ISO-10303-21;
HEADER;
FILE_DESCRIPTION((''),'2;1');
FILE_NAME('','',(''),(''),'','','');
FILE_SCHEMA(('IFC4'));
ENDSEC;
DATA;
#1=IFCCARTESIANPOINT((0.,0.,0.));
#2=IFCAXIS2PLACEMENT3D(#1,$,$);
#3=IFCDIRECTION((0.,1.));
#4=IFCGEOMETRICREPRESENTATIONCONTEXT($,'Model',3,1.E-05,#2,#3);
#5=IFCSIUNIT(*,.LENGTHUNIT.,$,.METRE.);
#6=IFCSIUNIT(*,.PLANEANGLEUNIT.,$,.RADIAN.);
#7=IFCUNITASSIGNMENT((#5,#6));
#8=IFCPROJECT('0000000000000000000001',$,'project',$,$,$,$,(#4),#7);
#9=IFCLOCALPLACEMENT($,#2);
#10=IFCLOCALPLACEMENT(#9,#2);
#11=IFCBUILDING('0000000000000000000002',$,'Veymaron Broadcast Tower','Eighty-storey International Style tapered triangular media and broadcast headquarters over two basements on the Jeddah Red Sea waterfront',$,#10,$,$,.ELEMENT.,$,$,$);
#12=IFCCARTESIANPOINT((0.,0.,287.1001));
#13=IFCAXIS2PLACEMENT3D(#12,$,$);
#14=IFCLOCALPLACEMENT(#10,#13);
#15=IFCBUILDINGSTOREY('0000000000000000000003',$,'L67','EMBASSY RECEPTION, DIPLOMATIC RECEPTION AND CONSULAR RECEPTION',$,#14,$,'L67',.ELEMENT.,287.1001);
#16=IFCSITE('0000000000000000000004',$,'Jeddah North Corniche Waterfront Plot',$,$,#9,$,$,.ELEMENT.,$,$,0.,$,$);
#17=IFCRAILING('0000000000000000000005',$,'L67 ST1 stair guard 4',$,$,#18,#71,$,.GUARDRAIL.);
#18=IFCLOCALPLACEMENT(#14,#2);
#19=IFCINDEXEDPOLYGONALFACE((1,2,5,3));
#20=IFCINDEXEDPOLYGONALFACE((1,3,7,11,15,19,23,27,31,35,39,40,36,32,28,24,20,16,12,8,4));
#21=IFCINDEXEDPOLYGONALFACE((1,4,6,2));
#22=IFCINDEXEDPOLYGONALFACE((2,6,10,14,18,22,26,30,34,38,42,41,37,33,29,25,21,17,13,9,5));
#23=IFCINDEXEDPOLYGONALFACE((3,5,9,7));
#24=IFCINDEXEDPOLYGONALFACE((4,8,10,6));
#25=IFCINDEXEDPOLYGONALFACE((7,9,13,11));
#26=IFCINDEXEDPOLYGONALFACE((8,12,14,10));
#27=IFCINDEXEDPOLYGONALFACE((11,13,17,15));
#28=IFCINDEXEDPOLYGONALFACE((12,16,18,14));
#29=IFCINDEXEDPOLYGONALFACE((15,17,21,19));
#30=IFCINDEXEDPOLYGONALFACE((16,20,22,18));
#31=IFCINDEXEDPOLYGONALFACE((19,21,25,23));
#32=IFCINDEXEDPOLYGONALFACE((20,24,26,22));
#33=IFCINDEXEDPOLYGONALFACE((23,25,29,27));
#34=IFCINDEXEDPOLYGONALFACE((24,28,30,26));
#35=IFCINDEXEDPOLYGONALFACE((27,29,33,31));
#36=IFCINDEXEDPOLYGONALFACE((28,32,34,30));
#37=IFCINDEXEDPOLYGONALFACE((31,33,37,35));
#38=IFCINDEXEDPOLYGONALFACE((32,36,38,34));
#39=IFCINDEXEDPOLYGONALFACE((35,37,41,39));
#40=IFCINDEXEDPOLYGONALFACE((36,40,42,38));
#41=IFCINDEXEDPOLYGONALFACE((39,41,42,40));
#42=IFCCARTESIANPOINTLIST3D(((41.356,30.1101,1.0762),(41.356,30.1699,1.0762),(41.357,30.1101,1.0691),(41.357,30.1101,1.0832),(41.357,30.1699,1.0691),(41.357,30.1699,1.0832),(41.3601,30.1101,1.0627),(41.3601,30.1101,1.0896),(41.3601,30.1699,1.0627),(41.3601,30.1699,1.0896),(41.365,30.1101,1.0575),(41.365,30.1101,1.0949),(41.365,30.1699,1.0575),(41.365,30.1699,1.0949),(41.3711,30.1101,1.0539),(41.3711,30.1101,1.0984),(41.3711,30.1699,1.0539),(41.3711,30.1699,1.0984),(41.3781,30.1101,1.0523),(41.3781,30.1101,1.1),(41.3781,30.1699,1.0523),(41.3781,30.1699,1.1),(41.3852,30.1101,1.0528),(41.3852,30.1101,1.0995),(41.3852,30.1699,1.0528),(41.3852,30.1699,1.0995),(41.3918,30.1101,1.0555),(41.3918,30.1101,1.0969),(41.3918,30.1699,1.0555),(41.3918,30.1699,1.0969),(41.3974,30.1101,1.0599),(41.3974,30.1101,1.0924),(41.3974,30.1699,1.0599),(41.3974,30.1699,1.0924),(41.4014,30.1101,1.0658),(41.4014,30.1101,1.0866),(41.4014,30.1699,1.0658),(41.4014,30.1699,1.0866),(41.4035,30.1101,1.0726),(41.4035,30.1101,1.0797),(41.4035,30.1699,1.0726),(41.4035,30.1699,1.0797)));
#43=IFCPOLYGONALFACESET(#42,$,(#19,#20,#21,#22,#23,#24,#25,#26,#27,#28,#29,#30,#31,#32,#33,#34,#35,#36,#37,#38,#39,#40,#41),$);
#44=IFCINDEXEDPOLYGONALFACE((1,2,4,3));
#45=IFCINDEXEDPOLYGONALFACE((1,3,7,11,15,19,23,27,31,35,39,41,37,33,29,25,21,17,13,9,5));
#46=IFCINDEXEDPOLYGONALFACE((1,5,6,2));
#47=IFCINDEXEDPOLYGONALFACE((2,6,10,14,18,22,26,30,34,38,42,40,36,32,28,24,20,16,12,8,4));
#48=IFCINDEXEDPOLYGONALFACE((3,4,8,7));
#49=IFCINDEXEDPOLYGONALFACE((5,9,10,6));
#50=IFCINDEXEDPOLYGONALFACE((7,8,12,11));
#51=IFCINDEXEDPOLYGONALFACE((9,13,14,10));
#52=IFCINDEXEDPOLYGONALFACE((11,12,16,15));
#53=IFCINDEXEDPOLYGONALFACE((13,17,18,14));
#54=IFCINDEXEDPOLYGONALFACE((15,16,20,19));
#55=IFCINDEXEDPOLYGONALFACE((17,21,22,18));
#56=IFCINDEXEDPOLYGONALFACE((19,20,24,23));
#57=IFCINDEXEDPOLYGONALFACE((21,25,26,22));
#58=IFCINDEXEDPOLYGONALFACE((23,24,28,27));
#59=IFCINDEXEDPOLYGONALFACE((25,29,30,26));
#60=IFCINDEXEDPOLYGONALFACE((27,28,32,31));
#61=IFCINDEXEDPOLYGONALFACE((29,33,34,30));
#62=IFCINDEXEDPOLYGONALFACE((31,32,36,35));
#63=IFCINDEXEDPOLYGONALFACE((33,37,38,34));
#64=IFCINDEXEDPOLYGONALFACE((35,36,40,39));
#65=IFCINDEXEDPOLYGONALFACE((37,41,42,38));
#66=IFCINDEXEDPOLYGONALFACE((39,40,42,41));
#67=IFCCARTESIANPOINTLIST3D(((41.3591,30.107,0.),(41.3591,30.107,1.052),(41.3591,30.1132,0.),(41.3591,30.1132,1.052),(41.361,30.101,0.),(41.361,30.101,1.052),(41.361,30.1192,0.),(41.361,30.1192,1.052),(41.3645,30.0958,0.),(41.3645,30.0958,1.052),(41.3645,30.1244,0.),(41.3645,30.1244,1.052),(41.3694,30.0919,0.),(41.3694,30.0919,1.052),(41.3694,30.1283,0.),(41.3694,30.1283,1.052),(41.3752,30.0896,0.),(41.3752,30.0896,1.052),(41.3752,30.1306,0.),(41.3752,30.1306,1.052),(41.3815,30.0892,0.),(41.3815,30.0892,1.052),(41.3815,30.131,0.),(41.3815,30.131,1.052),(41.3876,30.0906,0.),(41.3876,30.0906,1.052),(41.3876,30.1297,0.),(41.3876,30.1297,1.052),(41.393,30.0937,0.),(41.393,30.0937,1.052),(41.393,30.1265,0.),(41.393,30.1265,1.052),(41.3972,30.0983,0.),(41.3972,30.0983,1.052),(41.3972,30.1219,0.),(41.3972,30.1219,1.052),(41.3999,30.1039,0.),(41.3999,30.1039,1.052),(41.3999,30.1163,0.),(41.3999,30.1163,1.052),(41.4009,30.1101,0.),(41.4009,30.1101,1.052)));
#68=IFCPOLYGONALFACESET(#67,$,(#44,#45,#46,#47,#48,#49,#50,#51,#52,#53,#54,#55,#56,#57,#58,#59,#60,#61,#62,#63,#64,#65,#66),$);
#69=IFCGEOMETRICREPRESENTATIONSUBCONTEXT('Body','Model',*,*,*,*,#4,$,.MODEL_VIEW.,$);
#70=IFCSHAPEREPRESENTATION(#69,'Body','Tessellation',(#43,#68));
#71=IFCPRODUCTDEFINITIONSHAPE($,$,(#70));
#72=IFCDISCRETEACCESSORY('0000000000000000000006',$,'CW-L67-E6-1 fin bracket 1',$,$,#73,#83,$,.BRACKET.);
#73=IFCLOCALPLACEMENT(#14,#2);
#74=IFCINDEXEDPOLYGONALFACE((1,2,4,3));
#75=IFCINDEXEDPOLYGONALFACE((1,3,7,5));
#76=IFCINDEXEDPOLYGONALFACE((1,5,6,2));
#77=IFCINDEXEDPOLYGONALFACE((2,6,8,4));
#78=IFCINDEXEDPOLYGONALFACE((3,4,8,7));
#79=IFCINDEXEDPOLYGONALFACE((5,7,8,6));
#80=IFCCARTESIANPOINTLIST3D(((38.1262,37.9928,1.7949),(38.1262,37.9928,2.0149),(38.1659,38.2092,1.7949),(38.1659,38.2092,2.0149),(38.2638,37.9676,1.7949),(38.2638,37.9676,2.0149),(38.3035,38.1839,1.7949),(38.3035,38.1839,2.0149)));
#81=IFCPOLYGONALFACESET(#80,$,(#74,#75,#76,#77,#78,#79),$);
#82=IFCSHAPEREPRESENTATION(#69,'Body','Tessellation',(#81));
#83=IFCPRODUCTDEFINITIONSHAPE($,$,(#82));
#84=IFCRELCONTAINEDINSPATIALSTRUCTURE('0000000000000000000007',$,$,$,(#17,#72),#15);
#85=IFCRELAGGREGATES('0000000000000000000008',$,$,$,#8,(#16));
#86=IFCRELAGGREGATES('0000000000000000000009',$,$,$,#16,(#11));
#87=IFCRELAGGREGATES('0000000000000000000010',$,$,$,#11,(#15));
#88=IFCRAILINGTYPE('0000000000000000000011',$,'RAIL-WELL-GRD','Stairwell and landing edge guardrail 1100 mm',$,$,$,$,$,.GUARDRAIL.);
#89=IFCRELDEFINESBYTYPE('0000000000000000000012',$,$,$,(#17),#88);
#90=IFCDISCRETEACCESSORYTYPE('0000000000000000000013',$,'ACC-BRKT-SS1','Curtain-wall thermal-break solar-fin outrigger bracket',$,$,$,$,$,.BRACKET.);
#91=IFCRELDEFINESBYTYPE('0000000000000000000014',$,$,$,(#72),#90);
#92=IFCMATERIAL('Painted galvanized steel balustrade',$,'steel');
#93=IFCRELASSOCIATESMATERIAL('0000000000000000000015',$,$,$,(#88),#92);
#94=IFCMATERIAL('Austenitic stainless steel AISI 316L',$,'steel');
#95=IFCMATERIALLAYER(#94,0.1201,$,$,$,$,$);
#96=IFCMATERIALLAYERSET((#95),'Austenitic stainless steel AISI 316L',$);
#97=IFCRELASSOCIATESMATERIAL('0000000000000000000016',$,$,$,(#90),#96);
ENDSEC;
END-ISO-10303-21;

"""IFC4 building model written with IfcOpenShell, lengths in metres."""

from ifc_helpers import new_model, si_unit, direction, frame, origin, origin_2d, place, context, subcontext, project, spatial, rectangle, circle, extrude, material, layer, layer_set, type_object, element, save


model = new_model("IFC4")

# Units and contexts
model_context = context("Model", 3, precision=1e-05, world=origin(), true_north=direction((0.0, 1.0)))
body_context = subcontext(model_context, "Body", "Model", "MODEL_VIEW")
ifc_project = project(units=[si_unit("LENGTHUNIT", "METRE"), si_unit("PLANEANGLEUNIT", "RADIAN")], contexts=[model_context])

# Site, building, storey
site_placement = place(None, origin())
site = spatial("IfcSite", under=ifc_project, at=site_placement, Name="Jeddah North Corniche Waterfront Plot", CompositionType="ELEMENT", RefElevation=0.0)
building_placement = place(site_placement, origin())
building = spatial("IfcBuilding", under=site, at=building_placement, Name="Veymaron Broadcast Tower", Description="Eighty-storey International Style tapered triangular media and broadcast headquarters over two basements on the Jeddah Red Sea waterfront", CompositionType="ELEMENT")
storey_placement = place(building_placement, frame((0.0, 0.0, 287.1001)))
storey = spatial("IfcBuildingStorey", under=building, at=storey_placement, Name="L67", Description="EMBASSY RECEPTION, DIPLOMATIC RECEPTION AND CONSULAR RECEPTION", LongName="L67", CompositionType="ELEMENT", Elevation=287.1001)

# Railing
ifc_material_1 = material(Name="Painted galvanized steel balustrade", Category="steel")
railing_type_1 = type_object("IfcRailingType", Name="RAIL-WELL-GRD", Description="Stairwell and landing edge guardrail 1100 mm", PredefinedType="GUARDRAIL", material=ifc_material_1)
railing_1_placement = place(storey_placement, frame((41.3799, 30.1101, 0.0)))
element("IfcRailing", 1, at=railing_1_placement, inside=storey, type_object=railing_type_1, Name="L67 ST1 stair guard 4", PredefinedType="GUARDRAIL", context=body_context, shape_type="SweptSolid", body=[
    extrude(circle(Radius=0.0239, at=origin_2d()), frame((0.0, 0.0, 1.0762), z_axis=(0.0, 1.0, 0.0), x_axis=(-1.0, 0.0, 0.0)), (0.0, 0.0, 1.0), 0.0598),
    extrude(circle(Radius=0.021, at=origin_2d()), origin(), (0.0, 0.0, 1.0), 1.052),
])

# Discrete accessory
ifc_material_2 = material(Name="Austenitic stainless steel AISI 316L", Category="steel")
ifc_layer_1 = layer(ifc_material_2, 0.1201)
ifc_layer_set_1 = layer_set([ifc_layer_1], Name="Austenitic stainless steel AISI 316L")
discrete_accessory_type = type_object("IfcDiscreteAccessoryType", Name="ACC-BRKT-SS1", Description="Curtain-wall thermal-break solar-fin outrigger bracket", PredefinedType="BRACKET", material=ifc_layer_set_1)
discrete_accessory_placement = place(storey_placement, frame((38.2148, 38.0884, 1.7949), z_axis=(0.0, 0.0, 1.0), x_axis=(0.180571, 0.983562, 0.0)))
element("IfcDiscreteAccessory", 2, at=discrete_accessory_placement, inside=storey, type_object=discrete_accessory_type, Name="CW-L67-E6-1 fin bracket 1", PredefinedType="BRACKET", context=body_context, shape_type="SweptSolid", body=[
    extrude(rectangle(XDim=0.22, YDim=0.1399, at=origin_2d()), origin(), (0.0, 0.0, 1.0), 0.22),
])

save(model, "model.ifc")
